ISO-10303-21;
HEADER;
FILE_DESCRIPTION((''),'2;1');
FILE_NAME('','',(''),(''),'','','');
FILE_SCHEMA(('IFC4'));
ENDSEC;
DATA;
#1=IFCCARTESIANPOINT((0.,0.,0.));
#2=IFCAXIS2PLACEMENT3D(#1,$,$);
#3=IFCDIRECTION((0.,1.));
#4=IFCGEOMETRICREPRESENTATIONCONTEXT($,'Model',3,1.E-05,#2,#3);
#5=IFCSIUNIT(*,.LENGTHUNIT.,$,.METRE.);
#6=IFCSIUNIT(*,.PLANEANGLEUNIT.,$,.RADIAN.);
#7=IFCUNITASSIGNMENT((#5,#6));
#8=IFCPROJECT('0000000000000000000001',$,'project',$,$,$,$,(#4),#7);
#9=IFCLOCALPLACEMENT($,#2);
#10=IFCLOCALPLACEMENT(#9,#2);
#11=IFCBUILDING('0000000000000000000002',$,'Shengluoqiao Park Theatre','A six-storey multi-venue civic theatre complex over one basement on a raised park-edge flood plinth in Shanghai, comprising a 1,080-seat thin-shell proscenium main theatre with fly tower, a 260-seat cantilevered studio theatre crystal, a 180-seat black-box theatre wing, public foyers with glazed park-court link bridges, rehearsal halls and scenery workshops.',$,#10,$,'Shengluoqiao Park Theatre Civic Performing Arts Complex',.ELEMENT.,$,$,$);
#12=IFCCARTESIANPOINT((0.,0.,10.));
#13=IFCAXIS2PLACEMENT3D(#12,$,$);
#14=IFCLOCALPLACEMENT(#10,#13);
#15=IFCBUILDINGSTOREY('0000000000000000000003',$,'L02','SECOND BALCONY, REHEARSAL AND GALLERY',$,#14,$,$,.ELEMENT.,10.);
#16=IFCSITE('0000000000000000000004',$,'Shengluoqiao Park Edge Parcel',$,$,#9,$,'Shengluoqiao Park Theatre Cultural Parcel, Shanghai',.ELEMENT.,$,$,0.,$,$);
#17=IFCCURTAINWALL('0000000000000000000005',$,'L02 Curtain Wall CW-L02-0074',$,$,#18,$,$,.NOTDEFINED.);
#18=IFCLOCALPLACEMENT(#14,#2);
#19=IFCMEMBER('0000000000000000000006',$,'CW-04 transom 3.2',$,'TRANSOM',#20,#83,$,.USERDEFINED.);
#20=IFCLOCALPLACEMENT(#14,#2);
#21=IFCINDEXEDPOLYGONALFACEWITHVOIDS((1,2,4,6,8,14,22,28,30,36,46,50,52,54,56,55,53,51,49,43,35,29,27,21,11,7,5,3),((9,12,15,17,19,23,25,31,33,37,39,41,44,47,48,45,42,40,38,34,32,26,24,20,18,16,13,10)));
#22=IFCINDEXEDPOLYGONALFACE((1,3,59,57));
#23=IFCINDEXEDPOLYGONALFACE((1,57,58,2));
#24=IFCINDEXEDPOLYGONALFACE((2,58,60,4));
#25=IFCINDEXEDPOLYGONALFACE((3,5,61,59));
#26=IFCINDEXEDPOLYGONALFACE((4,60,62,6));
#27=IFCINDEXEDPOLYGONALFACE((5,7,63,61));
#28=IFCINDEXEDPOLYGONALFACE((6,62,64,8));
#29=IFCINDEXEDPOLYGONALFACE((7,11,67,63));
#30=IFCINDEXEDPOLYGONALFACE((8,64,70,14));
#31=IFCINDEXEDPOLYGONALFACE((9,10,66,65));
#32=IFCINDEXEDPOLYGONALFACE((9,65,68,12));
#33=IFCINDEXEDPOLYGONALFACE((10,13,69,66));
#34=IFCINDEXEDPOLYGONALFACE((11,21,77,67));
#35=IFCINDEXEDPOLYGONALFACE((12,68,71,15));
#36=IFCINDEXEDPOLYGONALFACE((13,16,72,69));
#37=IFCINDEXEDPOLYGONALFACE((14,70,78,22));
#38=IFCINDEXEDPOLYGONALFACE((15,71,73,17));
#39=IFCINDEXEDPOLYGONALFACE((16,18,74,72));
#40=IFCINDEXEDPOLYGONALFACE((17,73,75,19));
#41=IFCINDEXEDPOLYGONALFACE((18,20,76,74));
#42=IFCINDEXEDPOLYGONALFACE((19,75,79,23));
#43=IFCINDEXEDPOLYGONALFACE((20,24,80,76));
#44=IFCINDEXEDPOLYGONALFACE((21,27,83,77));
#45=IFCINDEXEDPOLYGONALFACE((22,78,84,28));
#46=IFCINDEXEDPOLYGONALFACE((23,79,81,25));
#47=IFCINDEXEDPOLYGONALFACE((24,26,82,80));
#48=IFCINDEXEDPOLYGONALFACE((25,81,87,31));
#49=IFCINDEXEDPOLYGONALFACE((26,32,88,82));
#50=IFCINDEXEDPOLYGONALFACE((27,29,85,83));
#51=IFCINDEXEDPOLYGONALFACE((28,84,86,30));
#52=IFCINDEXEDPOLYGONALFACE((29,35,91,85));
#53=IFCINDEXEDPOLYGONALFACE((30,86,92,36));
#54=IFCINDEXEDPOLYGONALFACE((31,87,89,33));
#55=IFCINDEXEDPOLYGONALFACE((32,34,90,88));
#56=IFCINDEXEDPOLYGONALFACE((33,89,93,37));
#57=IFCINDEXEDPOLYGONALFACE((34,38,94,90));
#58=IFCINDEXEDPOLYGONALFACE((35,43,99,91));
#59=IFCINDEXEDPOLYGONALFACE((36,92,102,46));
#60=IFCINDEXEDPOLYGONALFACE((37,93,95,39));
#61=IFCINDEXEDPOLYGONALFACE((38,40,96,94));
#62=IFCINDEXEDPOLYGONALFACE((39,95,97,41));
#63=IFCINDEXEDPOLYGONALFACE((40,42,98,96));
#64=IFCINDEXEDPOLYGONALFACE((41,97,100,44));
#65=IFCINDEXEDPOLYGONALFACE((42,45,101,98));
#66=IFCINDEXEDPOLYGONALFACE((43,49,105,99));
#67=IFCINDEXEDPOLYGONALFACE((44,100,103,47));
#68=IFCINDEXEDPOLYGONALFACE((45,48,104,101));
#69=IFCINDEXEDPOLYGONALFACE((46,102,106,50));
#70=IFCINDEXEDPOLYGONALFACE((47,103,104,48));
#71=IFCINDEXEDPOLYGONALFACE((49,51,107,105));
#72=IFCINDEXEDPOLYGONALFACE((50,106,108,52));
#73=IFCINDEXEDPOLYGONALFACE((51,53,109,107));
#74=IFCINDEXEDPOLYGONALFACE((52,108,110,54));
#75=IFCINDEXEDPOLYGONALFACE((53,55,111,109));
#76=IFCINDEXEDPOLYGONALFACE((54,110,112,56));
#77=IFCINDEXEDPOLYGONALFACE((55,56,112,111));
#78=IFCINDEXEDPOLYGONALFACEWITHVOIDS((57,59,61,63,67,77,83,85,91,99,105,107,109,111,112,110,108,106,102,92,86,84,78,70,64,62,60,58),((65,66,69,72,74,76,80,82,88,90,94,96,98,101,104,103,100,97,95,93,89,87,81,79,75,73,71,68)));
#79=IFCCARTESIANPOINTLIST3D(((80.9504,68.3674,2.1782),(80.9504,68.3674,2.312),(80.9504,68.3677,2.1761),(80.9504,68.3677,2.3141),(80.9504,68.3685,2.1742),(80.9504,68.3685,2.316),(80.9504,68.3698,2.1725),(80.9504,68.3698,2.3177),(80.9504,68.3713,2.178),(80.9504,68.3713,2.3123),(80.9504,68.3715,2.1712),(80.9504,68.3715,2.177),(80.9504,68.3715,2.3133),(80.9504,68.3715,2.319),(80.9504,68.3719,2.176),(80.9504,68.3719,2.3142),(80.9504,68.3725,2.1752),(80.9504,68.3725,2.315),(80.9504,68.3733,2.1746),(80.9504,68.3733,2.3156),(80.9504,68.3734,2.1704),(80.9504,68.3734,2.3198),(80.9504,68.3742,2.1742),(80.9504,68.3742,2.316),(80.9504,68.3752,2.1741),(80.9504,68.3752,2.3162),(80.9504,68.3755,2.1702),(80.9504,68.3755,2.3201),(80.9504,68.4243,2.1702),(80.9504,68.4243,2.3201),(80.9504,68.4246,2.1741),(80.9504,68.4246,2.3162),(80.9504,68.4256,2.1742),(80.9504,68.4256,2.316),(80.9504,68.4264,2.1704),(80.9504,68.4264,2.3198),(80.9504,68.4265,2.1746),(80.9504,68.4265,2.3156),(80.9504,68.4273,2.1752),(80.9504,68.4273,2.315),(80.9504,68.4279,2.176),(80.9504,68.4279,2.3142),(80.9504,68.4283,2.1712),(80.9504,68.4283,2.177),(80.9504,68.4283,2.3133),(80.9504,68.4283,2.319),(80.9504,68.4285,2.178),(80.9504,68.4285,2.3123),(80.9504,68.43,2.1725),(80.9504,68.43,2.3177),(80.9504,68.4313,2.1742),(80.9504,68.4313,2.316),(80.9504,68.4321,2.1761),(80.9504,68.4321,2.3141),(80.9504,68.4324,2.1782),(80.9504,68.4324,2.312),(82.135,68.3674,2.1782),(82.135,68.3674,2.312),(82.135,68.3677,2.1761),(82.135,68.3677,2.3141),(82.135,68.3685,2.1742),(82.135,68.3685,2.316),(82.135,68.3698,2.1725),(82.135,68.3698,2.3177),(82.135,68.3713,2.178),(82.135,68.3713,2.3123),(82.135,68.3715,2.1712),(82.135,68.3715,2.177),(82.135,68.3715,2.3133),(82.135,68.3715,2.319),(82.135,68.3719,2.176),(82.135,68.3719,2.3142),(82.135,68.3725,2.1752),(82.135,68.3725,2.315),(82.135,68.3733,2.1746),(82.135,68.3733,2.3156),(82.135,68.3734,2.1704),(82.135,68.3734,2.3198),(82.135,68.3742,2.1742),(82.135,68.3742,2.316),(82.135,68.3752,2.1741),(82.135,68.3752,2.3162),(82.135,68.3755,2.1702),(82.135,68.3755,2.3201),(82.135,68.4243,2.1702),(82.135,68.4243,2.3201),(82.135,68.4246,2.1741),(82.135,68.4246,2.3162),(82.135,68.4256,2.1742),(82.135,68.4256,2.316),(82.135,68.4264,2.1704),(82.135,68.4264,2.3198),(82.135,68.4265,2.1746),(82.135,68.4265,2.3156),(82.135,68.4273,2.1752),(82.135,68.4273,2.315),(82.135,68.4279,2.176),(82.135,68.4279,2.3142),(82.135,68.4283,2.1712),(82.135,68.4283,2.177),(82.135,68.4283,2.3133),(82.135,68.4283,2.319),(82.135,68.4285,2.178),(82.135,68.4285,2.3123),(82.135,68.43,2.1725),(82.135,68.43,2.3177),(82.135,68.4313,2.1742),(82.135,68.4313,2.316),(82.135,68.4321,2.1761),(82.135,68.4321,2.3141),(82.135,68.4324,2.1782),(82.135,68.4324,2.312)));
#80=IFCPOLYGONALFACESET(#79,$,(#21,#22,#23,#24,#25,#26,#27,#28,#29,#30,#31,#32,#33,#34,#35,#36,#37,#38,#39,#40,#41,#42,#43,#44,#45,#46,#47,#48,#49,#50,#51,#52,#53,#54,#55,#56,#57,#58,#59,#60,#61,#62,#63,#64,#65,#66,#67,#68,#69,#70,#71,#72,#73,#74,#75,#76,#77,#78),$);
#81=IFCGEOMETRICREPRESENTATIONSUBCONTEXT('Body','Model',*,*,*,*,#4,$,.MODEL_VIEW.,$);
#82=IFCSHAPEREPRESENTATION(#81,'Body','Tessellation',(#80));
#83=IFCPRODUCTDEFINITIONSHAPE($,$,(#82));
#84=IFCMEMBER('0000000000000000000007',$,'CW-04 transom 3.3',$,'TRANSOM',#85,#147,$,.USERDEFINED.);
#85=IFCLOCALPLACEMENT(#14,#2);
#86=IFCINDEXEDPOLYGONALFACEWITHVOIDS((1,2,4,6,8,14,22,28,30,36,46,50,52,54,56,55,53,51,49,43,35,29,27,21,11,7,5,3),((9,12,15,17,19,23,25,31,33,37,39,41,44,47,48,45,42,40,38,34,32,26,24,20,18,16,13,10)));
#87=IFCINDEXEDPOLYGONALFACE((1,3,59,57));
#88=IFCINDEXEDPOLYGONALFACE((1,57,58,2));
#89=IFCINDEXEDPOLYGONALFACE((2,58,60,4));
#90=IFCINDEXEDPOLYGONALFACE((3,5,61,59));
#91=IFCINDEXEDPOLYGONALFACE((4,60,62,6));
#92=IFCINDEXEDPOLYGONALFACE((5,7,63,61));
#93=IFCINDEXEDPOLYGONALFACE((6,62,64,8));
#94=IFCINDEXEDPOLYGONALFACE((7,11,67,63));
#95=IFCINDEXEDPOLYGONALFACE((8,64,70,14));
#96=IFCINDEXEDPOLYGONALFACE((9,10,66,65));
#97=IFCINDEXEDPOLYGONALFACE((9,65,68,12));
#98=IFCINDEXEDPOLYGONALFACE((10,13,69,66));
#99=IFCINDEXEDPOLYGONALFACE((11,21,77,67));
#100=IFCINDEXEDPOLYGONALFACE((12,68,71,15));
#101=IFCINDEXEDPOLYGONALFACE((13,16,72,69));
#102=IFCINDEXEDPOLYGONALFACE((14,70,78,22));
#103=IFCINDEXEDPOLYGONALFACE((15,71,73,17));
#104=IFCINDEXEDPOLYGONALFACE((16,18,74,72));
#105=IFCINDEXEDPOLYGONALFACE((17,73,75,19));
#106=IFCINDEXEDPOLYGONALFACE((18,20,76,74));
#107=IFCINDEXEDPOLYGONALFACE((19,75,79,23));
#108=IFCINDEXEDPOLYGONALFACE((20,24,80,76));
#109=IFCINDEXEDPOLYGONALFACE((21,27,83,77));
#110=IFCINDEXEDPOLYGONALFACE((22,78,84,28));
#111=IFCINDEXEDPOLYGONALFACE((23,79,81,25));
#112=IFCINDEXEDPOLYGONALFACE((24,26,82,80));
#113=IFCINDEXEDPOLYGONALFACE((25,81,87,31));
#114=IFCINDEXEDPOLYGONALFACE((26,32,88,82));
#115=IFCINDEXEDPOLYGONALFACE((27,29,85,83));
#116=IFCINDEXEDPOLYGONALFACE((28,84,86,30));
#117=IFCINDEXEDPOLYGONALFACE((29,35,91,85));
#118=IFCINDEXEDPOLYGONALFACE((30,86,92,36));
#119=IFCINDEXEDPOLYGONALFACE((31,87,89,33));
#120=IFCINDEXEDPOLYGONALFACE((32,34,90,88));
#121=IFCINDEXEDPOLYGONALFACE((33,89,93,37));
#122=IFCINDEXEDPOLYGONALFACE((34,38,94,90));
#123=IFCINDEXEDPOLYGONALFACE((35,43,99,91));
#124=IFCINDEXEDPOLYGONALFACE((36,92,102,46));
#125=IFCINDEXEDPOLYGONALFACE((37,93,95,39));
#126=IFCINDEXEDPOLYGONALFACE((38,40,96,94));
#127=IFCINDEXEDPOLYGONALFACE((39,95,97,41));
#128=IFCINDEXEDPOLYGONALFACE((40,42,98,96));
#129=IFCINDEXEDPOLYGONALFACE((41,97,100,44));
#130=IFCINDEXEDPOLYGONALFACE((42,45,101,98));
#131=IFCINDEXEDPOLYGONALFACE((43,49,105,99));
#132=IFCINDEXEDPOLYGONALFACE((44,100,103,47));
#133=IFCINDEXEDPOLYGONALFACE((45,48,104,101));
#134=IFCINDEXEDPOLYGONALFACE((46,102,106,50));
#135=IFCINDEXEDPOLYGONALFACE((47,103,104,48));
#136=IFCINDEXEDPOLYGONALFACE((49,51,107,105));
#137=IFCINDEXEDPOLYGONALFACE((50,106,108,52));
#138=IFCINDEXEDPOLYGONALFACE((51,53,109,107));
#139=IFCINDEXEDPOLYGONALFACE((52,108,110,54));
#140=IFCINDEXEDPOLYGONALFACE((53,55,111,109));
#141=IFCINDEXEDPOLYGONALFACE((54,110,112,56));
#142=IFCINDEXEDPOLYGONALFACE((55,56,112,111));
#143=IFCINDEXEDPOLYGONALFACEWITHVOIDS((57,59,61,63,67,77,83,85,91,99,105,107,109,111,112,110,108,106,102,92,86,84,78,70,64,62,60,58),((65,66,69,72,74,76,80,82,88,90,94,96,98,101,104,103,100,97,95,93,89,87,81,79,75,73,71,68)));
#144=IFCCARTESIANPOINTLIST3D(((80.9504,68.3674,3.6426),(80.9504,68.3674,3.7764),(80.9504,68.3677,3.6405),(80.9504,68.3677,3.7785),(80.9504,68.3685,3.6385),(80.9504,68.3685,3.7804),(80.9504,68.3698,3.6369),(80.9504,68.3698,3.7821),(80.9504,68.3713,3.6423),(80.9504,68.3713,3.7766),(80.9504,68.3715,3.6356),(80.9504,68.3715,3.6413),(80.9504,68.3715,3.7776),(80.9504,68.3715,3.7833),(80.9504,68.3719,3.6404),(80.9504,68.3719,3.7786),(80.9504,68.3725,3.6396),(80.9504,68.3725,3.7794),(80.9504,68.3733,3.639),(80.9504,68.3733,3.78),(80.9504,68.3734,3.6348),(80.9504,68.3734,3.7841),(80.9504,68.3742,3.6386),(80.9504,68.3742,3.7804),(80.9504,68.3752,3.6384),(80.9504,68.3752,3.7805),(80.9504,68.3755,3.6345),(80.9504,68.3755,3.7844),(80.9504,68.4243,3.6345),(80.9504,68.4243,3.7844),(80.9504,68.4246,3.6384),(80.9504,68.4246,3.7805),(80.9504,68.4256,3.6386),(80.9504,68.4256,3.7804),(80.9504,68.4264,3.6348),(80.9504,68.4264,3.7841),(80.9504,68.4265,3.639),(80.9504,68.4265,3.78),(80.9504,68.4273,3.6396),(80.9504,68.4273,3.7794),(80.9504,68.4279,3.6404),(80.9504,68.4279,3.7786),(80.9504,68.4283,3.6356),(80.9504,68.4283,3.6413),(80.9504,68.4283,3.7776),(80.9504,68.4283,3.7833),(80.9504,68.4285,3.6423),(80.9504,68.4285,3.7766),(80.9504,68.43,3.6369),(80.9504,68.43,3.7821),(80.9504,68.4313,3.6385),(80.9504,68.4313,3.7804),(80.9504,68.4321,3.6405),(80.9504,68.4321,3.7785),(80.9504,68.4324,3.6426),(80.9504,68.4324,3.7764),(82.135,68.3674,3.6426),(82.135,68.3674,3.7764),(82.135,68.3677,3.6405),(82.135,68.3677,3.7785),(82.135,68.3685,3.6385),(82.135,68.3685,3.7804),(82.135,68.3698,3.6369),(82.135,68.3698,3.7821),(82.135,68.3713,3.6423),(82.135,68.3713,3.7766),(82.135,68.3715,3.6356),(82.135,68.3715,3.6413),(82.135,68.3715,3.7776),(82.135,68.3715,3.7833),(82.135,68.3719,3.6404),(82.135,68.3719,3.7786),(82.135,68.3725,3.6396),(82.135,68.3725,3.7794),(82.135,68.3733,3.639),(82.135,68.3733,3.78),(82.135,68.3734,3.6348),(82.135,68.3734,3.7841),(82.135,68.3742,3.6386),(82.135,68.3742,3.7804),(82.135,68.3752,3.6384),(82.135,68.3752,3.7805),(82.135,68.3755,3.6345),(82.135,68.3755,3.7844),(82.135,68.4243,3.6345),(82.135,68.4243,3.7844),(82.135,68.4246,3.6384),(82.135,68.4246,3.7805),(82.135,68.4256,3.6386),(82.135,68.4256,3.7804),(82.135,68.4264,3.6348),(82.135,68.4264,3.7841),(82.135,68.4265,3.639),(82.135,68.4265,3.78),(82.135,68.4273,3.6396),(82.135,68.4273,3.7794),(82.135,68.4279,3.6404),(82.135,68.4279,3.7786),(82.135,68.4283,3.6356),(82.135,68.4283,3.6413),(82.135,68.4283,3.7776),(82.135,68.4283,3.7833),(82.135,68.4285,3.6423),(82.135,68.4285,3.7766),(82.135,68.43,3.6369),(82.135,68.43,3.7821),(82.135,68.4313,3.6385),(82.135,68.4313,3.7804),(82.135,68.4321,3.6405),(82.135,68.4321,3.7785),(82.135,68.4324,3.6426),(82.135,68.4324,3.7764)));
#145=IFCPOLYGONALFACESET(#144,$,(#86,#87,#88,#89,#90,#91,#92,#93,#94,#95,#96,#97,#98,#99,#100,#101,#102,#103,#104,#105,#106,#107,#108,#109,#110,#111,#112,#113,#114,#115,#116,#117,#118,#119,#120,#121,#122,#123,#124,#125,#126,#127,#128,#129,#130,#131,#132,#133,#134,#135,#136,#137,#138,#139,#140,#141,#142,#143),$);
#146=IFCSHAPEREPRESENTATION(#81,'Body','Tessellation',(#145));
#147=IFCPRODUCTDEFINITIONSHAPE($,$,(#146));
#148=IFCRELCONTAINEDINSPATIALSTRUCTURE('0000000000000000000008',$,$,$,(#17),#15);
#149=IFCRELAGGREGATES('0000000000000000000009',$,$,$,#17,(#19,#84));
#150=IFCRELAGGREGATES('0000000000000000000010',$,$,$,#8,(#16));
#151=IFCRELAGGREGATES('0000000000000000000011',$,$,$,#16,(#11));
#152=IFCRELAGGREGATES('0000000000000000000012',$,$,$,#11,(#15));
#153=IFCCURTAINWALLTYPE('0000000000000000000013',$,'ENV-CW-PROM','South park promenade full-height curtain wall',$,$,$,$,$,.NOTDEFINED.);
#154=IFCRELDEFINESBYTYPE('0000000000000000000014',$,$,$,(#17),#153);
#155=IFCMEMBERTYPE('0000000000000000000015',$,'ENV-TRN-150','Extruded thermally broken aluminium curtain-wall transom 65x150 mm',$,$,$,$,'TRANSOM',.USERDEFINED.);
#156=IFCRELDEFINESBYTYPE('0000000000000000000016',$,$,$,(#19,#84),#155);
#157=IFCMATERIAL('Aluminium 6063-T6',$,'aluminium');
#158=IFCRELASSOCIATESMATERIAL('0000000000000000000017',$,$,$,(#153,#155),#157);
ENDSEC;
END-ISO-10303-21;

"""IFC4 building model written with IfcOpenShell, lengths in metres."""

from ifc_helpers import new_model, si_unit, direction, frame, origin, origin_2d, place, context, subcontext, project, spatial, hollow_rectangle, extrude, material, material_profile, profile_set, type_object, element, aggregate, save


model = new_model("IFC4")

# Units and contexts
model_context = context("Model", 3, precision=1e-05, world=origin(), true_north=direction((0.0, 1.0)))
body_context = subcontext(model_context, "Body", "Model", "MODEL_VIEW")
ifc_project = project(units=[si_unit("LENGTHUNIT", "METRE"), si_unit("PLANEANGLEUNIT", "RADIAN")], contexts=[model_context])

# Site, building, storey
site_placement = place(None, origin())
site = spatial("IfcSite", under=ifc_project, at=site_placement, Name="Shengluoqiao Park Edge Parcel", LongName="Shengluoqiao Park Theatre Cultural Parcel, Shanghai", CompositionType="ELEMENT", RefElevation=0.0)
building_placement = place(site_placement, origin())
building = spatial("IfcBuilding", under=site, at=building_placement, Name="Shengluoqiao Park Theatre", Description="A six-storey multi-venue civic theatre complex over one basement on a raised park-edge flood plinth in Shanghai, comprising a 1,080-seat thin-shell proscenium main theatre with fly tower, a 260-seat cantilevered studio theatre crystal, a 180-seat black-box theatre wing, public foyers with glazed park-court link bridges, rehearsal halls and scenery workshops.", LongName="Shengluoqiao Park Theatre Civic Performing Arts Complex", CompositionType="ELEMENT")
storey_placement = place(building_placement, frame((0.0, 0.0, 10.0)))
storey = spatial("IfcBuildingStorey", under=building, at=storey_placement, Name="L02", Description="SECOND BALCONY, REHEARSAL AND GALLERY", CompositionType="ELEMENT", Elevation=10.0)

# Curtain wall
ifc_material_1 = material(Name="Aluminium 6063-T6", Category="aluminium")
curtain_wall_type = type_object("IfcCurtainWallType", Name="ENV-CW-PROM", Description="South park promenade full-height curtain wall", PredefinedType="NOTDEFINED", material=ifc_material_1)
curtain_wall_1_placement = place(storey_placement, origin())
curtain_wall_1 = element("IfcCurtainWall", 1, at=curtain_wall_1_placement, inside=storey, type_object=curtain_wall_type, Name="L02 Curtain Wall CW-L02-0074", PredefinedType="NOTDEFINED")

# Members
ifc_material_profile_1 = material_profile(ifc_material_1, hollow_rectangle(XDim=0.0649, YDim=0.1499, WallThickness=0.0039, InnerFilletRadius=0.0039, OuterFilletRadius=0.0081, at=origin_2d()), Name="ALU TRANSOM 150x65x4")
ifc_profile_set_1 = profile_set([ifc_material_profile_1], Name="Aluminium 6063-T6")
member_type_1 = type_object("IfcMemberType", Name="ENV-TRN-150", Description="Extruded thermally broken aluminium curtain-wall transom 65x150 mm", ElementType="TRANSOM", PredefinedType="USERDEFINED", material=ifc_profile_set_1)
member_1_placement = place(storey_placement, frame((80.9504, 68.3999, 2.2451), z_axis=(1.0, 0.0, 0.0), x_axis=(0.0, 1.0, 0.0)))
member_1 = element("IfcMember", 2, at=member_1_placement, type_object=member_type_1, Name="CW-04 transom 3.2", ObjectType="TRANSOM", PredefinedType="USERDEFINED", context=body_context, shape_type="SweptSolid", body=[
    extrude(hollow_rectangle(XDim=0.0649, YDim=0.1499, WallThickness=0.0039, InnerFilletRadius=0.0039, OuterFilletRadius=0.0081, at=origin_2d()), origin(), (0.0, 0.0, 1.0), 1.1846),
])
member_2_placement = place(storey_placement, frame((80.9504, 68.3999, 3.7095), z_axis=(1.0, 0.0, 0.0), x_axis=(0.0, 1.0, 0.0)))
member_2 = element("IfcMember", 3, at=member_2_placement, type_object=member_type_1, Name="CW-04 transom 3.3", ObjectType="TRANSOM", PredefinedType="USERDEFINED", context=body_context, shape_type="SweptSolid", body=[
    extrude(hollow_rectangle(XDim=0.0649, YDim=0.1499, WallThickness=0.0039, InnerFilletRadius=0.0039, OuterFilletRadius=0.0081, at=origin_2d()), origin(), (0.0, 0.0, 1.0), 1.1846),
])

aggregate(curtain_wall_1, [member_1, member_2])

save(model, "model.ifc")
